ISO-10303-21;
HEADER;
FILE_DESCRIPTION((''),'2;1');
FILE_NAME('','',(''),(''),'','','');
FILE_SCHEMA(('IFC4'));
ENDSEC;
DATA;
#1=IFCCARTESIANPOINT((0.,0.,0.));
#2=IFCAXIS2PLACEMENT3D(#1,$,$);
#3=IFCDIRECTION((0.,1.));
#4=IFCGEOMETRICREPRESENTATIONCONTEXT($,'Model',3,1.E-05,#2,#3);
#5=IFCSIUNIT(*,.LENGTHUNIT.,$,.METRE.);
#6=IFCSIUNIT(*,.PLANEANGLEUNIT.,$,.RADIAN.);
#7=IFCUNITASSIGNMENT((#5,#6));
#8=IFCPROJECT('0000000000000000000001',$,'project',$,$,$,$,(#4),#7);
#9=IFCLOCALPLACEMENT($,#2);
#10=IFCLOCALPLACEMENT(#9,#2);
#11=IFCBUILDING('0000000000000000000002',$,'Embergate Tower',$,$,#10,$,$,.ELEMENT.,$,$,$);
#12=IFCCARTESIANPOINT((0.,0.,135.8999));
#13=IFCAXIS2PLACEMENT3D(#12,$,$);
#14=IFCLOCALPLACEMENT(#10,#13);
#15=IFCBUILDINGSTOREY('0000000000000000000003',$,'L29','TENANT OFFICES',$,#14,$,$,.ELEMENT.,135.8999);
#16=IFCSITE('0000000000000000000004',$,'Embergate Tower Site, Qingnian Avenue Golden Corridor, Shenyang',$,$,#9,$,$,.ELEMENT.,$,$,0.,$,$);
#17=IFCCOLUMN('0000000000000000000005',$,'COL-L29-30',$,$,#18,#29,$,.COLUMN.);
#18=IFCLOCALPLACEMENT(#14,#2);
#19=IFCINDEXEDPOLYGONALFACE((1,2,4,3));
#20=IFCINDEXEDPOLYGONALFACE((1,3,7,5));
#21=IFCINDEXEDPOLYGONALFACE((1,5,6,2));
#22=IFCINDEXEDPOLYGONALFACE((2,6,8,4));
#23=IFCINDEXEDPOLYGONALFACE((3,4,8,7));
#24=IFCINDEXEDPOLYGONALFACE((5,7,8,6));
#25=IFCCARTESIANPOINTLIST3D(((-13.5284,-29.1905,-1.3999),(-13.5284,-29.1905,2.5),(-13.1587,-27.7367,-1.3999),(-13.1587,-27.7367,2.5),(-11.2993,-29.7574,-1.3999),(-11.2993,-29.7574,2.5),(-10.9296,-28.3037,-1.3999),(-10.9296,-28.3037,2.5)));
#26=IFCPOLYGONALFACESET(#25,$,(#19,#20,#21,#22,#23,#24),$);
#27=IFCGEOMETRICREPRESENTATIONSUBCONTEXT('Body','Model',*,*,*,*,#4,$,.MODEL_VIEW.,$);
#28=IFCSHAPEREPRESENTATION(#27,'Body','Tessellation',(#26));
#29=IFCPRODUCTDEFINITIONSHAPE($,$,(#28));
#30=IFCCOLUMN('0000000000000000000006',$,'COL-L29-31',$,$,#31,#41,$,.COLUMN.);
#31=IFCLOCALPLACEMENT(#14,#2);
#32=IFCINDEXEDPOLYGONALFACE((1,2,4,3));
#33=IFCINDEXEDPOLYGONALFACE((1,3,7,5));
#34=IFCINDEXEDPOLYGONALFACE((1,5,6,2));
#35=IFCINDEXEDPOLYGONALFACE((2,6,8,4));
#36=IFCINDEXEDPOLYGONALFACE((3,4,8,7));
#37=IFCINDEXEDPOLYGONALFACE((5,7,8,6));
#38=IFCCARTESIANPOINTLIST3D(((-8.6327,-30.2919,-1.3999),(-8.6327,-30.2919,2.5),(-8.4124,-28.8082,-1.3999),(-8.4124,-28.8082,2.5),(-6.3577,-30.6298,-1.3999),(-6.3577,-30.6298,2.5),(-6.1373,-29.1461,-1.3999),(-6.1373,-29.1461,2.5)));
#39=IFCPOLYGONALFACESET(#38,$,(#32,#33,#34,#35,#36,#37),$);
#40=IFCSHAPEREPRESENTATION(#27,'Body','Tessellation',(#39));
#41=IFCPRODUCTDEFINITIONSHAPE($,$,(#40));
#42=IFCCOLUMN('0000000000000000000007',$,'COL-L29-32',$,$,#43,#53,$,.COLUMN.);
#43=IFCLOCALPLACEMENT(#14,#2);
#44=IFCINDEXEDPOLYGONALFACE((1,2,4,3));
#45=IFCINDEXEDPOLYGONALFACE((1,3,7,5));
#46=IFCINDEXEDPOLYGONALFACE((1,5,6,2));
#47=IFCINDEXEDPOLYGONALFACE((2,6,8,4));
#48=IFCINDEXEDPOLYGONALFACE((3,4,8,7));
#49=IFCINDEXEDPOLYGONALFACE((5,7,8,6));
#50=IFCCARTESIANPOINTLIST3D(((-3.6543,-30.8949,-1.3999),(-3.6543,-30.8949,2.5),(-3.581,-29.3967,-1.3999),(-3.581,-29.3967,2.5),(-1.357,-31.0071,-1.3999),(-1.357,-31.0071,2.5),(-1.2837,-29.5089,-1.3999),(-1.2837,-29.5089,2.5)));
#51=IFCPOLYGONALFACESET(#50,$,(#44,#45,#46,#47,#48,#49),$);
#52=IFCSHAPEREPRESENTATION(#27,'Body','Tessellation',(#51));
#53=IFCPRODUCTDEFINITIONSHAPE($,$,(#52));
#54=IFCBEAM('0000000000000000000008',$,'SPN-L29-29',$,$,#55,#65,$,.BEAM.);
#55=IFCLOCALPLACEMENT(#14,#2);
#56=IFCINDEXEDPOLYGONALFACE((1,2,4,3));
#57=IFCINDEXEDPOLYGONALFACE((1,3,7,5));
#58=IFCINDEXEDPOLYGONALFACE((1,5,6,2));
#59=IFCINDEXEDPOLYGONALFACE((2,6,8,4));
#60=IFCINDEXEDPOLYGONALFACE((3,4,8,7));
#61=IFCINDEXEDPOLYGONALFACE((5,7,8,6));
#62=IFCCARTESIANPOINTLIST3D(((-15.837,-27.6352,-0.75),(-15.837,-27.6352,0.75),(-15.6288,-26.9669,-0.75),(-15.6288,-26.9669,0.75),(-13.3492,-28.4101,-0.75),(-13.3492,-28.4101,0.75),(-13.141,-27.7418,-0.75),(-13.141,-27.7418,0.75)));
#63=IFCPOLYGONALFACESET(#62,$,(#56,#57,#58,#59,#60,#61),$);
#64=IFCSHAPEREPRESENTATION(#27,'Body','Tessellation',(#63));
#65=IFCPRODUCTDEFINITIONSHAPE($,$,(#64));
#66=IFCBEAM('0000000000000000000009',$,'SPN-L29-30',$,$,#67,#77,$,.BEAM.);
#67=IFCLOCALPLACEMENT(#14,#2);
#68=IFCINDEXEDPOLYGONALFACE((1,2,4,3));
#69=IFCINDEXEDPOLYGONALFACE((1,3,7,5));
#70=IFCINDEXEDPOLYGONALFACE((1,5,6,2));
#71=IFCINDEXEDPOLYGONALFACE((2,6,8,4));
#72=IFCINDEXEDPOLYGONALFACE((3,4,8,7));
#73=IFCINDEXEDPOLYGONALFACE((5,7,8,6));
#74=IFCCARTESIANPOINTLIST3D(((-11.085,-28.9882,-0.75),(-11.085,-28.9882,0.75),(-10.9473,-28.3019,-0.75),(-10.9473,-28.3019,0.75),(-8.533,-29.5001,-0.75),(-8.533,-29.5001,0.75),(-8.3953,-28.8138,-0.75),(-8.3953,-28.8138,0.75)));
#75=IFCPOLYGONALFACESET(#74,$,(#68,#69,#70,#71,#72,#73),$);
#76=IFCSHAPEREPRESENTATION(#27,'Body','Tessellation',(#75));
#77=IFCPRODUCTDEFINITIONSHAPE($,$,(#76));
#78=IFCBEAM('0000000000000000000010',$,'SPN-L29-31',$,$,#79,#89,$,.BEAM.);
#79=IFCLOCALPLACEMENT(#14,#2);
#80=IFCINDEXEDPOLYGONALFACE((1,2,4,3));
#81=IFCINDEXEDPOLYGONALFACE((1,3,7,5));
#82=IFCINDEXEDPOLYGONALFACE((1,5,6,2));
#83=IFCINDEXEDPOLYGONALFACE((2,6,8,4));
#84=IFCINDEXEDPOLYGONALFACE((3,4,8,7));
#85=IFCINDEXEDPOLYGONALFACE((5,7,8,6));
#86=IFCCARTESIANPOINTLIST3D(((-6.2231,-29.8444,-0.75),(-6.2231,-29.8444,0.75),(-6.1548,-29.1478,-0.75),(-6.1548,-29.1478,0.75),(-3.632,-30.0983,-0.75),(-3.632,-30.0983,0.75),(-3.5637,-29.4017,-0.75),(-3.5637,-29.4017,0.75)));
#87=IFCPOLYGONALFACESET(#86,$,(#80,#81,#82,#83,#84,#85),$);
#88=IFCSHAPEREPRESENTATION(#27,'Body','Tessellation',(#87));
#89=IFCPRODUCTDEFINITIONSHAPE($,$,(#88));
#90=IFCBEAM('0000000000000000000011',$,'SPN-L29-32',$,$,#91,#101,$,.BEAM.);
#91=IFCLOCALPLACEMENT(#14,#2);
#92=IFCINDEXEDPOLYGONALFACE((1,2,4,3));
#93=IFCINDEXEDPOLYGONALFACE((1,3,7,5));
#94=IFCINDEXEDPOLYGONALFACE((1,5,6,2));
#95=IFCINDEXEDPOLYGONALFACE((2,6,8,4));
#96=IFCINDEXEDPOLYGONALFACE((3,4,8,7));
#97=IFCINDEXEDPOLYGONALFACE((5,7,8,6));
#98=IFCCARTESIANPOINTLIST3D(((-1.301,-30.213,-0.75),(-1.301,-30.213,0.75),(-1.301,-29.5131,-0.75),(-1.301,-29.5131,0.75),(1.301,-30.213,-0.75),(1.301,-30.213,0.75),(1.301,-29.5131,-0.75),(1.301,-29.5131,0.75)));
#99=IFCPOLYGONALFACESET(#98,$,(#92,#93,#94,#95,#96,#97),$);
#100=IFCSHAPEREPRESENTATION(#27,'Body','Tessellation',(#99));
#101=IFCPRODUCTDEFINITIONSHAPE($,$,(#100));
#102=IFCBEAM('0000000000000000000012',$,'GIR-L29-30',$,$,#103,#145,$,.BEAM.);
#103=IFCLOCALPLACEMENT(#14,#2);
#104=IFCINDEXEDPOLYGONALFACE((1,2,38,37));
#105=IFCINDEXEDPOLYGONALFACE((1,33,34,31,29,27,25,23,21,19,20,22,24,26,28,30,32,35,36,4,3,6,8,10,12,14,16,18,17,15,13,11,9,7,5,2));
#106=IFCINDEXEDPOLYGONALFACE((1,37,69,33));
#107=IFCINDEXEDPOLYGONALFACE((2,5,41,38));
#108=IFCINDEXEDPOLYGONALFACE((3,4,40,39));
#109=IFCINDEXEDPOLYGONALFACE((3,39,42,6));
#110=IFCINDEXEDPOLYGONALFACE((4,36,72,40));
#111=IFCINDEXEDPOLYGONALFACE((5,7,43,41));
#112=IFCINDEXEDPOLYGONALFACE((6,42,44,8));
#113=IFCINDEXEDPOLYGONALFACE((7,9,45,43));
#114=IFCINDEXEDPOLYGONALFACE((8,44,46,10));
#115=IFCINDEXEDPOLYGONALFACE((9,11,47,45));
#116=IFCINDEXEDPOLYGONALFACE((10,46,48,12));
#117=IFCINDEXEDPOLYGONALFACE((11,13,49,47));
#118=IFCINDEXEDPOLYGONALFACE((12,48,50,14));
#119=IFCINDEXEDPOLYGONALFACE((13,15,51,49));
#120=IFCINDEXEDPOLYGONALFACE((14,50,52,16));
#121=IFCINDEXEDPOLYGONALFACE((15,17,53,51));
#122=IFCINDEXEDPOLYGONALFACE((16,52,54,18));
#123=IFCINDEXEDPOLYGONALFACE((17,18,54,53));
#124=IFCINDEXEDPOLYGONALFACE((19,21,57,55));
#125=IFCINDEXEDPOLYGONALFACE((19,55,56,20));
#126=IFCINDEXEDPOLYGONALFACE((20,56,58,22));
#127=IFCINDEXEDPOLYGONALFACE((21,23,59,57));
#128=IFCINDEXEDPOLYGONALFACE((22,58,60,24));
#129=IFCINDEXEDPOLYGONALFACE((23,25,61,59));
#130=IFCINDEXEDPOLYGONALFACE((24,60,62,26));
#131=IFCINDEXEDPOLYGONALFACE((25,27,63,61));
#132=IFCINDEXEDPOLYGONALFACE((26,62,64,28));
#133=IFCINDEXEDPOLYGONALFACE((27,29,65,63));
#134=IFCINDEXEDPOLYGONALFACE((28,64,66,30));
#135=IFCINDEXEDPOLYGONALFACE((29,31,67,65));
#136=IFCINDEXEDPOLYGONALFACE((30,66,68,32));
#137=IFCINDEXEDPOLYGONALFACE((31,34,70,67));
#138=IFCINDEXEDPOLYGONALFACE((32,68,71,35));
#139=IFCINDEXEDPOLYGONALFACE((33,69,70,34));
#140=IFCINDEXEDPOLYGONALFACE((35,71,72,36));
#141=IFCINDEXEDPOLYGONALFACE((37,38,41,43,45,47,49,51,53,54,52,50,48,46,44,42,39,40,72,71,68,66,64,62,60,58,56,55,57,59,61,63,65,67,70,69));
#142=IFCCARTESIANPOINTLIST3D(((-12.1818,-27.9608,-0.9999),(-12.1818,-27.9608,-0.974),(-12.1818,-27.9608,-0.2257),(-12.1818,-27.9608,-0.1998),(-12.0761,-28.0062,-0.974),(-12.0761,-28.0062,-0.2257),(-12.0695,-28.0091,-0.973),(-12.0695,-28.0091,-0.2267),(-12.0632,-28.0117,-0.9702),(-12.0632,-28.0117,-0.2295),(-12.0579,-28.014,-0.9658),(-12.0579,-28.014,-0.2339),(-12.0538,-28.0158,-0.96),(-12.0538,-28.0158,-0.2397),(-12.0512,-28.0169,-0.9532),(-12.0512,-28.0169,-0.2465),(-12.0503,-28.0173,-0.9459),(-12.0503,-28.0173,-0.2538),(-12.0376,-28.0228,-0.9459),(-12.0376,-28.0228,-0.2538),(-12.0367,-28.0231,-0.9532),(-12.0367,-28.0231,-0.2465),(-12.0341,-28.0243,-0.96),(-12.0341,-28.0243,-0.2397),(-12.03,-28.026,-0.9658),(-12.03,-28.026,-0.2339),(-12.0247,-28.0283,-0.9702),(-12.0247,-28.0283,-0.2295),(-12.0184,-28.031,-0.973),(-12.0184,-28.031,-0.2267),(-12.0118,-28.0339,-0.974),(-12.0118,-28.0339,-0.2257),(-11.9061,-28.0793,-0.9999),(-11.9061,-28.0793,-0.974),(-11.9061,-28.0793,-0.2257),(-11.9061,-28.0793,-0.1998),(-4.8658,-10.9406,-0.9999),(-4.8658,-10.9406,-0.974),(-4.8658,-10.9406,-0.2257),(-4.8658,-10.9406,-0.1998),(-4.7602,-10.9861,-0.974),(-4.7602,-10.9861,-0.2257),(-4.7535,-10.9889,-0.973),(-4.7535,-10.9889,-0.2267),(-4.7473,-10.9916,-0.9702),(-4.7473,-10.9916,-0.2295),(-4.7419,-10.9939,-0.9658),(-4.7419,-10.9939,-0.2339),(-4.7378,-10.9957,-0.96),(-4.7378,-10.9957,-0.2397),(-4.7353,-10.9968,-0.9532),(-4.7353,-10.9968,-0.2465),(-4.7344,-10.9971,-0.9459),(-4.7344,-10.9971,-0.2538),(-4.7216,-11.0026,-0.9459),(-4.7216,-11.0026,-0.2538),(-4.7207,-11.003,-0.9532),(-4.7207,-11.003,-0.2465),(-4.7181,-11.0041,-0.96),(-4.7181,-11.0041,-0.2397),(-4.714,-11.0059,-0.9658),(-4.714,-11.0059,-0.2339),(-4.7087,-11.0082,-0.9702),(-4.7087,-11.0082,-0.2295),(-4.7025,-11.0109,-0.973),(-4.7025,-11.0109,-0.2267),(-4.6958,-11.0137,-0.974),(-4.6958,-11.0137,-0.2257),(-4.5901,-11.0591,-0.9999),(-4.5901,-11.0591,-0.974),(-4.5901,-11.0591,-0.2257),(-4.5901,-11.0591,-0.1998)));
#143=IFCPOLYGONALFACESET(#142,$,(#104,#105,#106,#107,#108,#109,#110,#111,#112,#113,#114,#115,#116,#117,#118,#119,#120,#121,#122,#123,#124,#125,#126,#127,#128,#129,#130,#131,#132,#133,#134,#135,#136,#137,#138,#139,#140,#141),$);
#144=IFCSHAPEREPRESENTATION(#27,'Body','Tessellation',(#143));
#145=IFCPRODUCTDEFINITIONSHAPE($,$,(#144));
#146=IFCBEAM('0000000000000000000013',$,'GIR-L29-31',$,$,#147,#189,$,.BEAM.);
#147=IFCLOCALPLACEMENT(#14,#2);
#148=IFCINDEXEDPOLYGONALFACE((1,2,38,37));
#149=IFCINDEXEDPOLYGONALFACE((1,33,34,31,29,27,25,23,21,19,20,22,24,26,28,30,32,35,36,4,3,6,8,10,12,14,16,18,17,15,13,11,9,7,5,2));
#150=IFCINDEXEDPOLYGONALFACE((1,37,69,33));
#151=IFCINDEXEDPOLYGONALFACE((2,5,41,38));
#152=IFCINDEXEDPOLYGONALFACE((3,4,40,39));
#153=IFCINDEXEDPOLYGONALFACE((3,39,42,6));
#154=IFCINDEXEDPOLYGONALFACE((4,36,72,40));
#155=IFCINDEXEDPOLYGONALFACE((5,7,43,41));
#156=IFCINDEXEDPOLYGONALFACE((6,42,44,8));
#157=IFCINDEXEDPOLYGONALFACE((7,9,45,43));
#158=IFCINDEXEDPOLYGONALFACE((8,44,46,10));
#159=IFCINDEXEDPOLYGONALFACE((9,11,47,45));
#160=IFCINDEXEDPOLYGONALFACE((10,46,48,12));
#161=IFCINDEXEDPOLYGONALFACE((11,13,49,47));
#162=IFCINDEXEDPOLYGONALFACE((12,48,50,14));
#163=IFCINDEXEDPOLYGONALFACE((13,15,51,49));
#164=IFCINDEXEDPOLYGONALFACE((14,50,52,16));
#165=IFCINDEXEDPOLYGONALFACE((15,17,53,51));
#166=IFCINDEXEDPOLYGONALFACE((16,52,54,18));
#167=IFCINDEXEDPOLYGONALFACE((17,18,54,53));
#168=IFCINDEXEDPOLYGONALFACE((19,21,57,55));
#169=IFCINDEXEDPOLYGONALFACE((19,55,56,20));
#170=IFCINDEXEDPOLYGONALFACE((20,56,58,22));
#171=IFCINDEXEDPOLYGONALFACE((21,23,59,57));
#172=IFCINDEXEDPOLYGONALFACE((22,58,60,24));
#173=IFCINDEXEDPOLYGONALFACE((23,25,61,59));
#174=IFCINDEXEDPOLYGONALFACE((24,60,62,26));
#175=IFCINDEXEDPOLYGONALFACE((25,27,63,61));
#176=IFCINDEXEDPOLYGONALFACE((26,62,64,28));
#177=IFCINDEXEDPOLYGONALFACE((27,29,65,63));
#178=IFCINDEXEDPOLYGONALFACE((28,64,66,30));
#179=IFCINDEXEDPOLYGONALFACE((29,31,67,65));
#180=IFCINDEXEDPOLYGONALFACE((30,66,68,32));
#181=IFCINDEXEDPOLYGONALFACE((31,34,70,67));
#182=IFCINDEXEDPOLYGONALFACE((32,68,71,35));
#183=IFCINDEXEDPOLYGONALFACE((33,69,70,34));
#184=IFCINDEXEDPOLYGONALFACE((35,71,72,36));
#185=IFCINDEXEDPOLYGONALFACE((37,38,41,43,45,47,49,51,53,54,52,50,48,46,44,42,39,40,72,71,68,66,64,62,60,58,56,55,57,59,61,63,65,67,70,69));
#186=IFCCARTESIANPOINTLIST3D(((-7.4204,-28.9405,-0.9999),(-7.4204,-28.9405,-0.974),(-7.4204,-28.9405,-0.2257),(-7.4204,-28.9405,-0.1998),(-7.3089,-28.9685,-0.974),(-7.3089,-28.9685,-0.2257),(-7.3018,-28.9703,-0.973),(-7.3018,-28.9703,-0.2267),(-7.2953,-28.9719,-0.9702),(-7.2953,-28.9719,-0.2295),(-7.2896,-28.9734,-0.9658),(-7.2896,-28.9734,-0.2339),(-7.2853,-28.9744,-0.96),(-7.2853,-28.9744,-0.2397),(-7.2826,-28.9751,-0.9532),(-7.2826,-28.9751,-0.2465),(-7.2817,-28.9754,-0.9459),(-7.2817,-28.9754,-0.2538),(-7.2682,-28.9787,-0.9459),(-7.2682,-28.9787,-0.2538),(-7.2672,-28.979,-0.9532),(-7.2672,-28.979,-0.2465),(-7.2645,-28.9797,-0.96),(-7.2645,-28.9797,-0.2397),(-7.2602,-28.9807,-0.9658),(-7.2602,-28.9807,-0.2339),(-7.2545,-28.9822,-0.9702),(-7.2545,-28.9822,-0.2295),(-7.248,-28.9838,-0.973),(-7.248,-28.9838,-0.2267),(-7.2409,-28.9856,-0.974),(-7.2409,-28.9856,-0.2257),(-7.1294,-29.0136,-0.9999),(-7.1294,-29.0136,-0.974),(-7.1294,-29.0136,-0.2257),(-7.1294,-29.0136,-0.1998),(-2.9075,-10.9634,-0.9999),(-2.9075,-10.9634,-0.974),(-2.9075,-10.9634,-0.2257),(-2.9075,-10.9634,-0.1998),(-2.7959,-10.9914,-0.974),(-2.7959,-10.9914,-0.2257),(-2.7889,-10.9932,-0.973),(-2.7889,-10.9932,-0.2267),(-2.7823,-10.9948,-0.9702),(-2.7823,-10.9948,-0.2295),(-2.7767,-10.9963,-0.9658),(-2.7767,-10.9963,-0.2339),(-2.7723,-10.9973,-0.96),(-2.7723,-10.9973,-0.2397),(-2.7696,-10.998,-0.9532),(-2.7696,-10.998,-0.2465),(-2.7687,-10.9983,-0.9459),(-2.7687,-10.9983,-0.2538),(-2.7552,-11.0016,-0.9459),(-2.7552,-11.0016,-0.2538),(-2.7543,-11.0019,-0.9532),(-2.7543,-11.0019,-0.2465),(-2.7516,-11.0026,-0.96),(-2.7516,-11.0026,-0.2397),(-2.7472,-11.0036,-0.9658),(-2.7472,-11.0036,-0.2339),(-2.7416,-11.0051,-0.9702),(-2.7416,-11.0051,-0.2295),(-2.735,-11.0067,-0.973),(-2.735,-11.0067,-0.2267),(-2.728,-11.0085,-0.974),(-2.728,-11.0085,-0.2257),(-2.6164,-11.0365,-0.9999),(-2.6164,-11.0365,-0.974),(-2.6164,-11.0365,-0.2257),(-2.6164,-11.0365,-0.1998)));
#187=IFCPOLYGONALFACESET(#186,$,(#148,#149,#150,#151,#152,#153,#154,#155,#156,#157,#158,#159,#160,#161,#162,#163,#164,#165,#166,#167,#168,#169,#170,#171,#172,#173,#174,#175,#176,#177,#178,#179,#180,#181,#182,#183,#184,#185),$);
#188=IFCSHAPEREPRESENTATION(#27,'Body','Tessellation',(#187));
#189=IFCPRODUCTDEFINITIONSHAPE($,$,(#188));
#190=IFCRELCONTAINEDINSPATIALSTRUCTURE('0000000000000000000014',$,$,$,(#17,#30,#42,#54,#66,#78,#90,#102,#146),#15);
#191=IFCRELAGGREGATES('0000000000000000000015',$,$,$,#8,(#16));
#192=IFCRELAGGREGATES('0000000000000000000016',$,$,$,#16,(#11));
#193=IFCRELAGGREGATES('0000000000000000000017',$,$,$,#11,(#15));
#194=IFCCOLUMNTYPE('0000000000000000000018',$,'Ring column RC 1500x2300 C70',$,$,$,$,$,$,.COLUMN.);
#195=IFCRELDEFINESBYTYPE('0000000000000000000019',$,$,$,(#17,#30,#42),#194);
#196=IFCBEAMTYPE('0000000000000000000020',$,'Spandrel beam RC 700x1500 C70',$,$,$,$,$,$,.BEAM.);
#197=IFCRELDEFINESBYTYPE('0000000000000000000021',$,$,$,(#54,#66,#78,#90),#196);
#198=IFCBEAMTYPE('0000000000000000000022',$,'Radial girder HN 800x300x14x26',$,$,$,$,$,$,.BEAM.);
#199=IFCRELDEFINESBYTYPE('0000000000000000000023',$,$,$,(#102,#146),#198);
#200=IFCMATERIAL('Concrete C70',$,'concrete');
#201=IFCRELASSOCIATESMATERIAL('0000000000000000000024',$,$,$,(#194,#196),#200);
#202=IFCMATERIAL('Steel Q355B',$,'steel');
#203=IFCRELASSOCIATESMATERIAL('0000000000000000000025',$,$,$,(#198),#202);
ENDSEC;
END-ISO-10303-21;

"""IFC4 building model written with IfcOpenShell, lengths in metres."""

from ifc_helpers import new_model, si_unit, direction, frame, origin, origin_2d, place, context, subcontext, project, spatial, rectangle, i_section, extrude, source, transform, mapped, material, material_profile, profile_set, type_object, element, save


model = new_model("IFC4")

# Units and contexts
model_context = context("Model", 3, precision=1e-05, world=origin(), true_north=direction((0.0, 1.0)))
body_context = subcontext(model_context, "Body", "Model", "MODEL_VIEW")
ifc_project = project(units=[si_unit("LENGTHUNIT", "METRE"), si_unit("PLANEANGLEUNIT", "RADIAN")], contexts=[model_context])

# Site, building, storey
site_placement = place(None, origin())
site = spatial("IfcSite", under=ifc_project, at=site_placement, Name="Embergate Tower Site, Qingnian Avenue Golden Corridor, Shenyang", CompositionType="ELEMENT", RefElevation=0.0)
building_placement = place(site_placement, origin())
building = spatial("IfcBuilding", under=site, at=building_placement, Name="Embergate Tower", CompositionType="ELEMENT")
storey_placement = place(building_placement, frame((0.0, 0.0, 135.8999)))
storey = spatial("IfcBuildingStorey", under=building, at=storey_placement, Name="L29", Description="TENANT OFFICES", CompositionType="ELEMENT", Elevation=135.8999)

# Columns
ifc_material_1 = material(Name="Concrete C70", Category="concrete")
ifc_material_profile_1 = material_profile(ifc_material_1, rectangle(XDim=1.5, YDim=2.3, at=origin_2d()), Name="RC 1500x2300")
ifc_profile_set_1 = profile_set([ifc_material_profile_1], Name="Concrete C70")
column_type = type_object("IfcColumnType", Name="Ring column RC 1500x2300 C70", PredefinedType="COLUMN", material=ifc_profile_set_1)
shared_shape_1 = source(origin(), body_context, "Body", "SweptSolid", [
    extrude(rectangle(XDim=1.5, YDim=2.3, at=origin_2d()), origin(), (0.0, 0.0, 1.0), 3.8999),
])
for number, where, z_axis, x_axis, name in (
    (1, (-12.229, -28.7471, -1.3999), (0.0, 0.0, 1.0), (-0.246492, -0.969145, 0.0), "COL-L29-30"),
    (2, (-7.385, -29.719, -1.3999), (0.0, 0.0, 1.0), (-0.146929, -0.989147, 0.0), "COL-L29-31"),
    (3, (-2.469, -30.2019, -1.3999), (0.0, 0.0, 1.0), (-0.048815, -0.998808, 0.0), "COL-L29-32"),
):
    element("IfcColumn", number, at=place(storey_placement, frame(where, z_axis=z_axis, x_axis=x_axis)), inside=storey, type_object=column_type, Name=name, PredefinedType="COLUMN", context=body_context, shape_type="MappedRepresentation", body=[
        mapped(shared_shape_1, transform((0.0, 0.0, 0.0))),
    ])

# Beams
ifc_material_profile_2 = material_profile(ifc_material_1, rectangle(XDim=0.7, YDim=1.5, at=origin_2d()), Name="RC 700x1500")
ifc_profile_set_2 = profile_set([ifc_material_profile_2], Name="Concrete C70")
beam_type_1 = type_object("IfcBeamType", Name="Spandrel beam RC 700x1500 C70", PredefinedType="BEAM", material=ifc_profile_set_2)
shared_shape_2 = source(origin(), body_context, "Body", "SweptSolid", [
    extrude(rectangle(XDim=0.7, YDim=1.5, at=origin_2d()), origin(), (0.0, 0.0, 1.0), 2.6057),
])
beam_1_placement = place(storey_placement, frame((-15.7329, -27.301, 0.0), z_axis=(0.954756, -0.297389, 0.0), x_axis=(0.297389, 0.954756, 0.0)))
element("IfcBeam", 4, at=beam_1_placement, inside=storey, type_object=beam_type_1, Name="SPN-L29-29", PredefinedType="BEAM", context=body_context, shape_type="MappedRepresentation", body=[
    mapped(shared_shape_2, transform((0.0, 0.0, 0.0))),
])
shared_shape_3 = source(origin(), body_context, "Body", "SweptSolid", [
    extrude(rectangle(XDim=0.7, YDim=1.5, at=origin_2d()), origin(), (0.0, 0.0, 1.0), 2.6028),
])
beam_2_placement = place(storey_placement, frame((-11.0161, -28.645, 0.0), z_axis=(0.980465, -0.196693, 0.0), x_axis=(0.196693, 0.980465, 0.0)))
element("IfcBeam", 5, at=beam_2_placement, inside=storey, type_object=beam_type_1, Name="SPN-L29-30", PredefinedType="BEAM", context=body_context, shape_type="MappedRepresentation", body=[
    mapped(shared_shape_3, transform((0.0, 0.0, 0.0))),
])
shared_shape_4 = source(origin(), body_context, "Body", "SweptSolid", [
    extrude(rectangle(XDim=0.7, YDim=1.5, at=origin_2d()), origin(), (0.0, 0.0, 1.0), 2.6035),
])
beam_3_placement = place(storey_placement, frame((-6.189, -29.4961, 0.0), z_axis=(0.995233, -0.097526, 0.0), x_axis=(0.097526, 0.995233, 0.0)))
element("IfcBeam", 6, at=beam_3_placement, inside=storey, type_object=beam_type_1, Name="SPN-L29-31", PredefinedType="BEAM", context=body_context, shape_type="MappedRepresentation", body=[
    mapped(shared_shape_4, transform((0.0, 0.0, 0.0))),
])
shared_shape_5 = source(origin(), body_context, "Body", "SweptSolid", [
    extrude(rectangle(XDim=0.7, YDim=1.5, at=origin_2d()), origin(), (0.0, 0.0, 1.0), 2.6021),
])
beam_4_placement = place(storey_placement, frame((-1.301, -29.863, 0.0), z_axis=(1.0, 0.0, 0.0), x_axis=(0.0, 1.0, 0.0)))
element("IfcBeam", 7, at=beam_4_placement, inside=storey, type_object=beam_type_1, Name="SPN-L29-32", PredefinedType="BEAM", context=body_context, shape_type="MappedRepresentation", body=[
    mapped(shared_shape_5, transform((0.0, 0.0, 0.0))),
])
ifc_material_2 = material(Name="Steel Q355B", Category="steel")
ifc_material_profile_3 = material_profile(ifc_material_2, i_section(OverallWidth=0.3, OverallDepth=0.8, WebThickness=0.0139, FlangeThickness=0.0259, FilletRadius=0.0281, at=origin_2d()), Name="HN 800x300x14x26")
ifc_profile_set_3 = profile_set([ifc_material_profile_3], Name="Steel Q355 grade B")
beam_type_2 = type_object("IfcBeamType", Name="Radial girder HN 800x300x14x26", PredefinedType="BEAM", material=ifc_profile_set_3)
shared_shape_6 = source(origin(), body_context, "Body", "SweptSolid", [
    extrude(i_section(OverallWidth=0.3, OverallDepth=0.8, WebThickness=0.0139, FlangeThickness=0.0259, FilletRadius=0.0281, at=origin_2d()), origin(), (0.0, 0.0, 1.0), 18.5259),
])
beam_5_placement = place(storey_placement, frame((-12.0439, -28.02, -0.5999), z_axis=(0.394905, 0.918722, 0.0), x_axis=(-0.918722, 0.394905, 0.0)))
element("IfcBeam", 8, at=beam_5_placement, inside=storey, type_object=beam_type_2, Name="GIR-L29-30", PredefinedType="BEAM", context=body_context, shape_type="MappedRepresentation", body=[
    mapped(shared_shape_6, transform((0.0, 0.0, 0.0))),
])
shared_shape_7 = source(origin(), body_context, "Body", "SweptSolid", [
    extrude(i_section(OverallWidth=0.3, OverallDepth=0.8, WebThickness=0.0139, FlangeThickness=0.0259, FilletRadius=0.0281, at=origin_2d()), origin(), (0.0, 0.0, 1.0), 18.5349),
])
beam_6_placement = place(storey_placement, frame((-7.2749, -28.9771, -0.5999), z_axis=(0.243484, 0.969905, 0.0), x_axis=(-0.969905, 0.243484, 0.0)))
element("IfcBeam", 9, at=beam_6_placement, inside=storey, type_object=beam_type_2, Name="GIR-L29-31", PredefinedType="BEAM", context=body_context, shape_type="MappedRepresentation", body=[
    mapped(shared_shape_7, transform((0.0, 0.0, 0.0))),
])

save(model, "model.ifc")
